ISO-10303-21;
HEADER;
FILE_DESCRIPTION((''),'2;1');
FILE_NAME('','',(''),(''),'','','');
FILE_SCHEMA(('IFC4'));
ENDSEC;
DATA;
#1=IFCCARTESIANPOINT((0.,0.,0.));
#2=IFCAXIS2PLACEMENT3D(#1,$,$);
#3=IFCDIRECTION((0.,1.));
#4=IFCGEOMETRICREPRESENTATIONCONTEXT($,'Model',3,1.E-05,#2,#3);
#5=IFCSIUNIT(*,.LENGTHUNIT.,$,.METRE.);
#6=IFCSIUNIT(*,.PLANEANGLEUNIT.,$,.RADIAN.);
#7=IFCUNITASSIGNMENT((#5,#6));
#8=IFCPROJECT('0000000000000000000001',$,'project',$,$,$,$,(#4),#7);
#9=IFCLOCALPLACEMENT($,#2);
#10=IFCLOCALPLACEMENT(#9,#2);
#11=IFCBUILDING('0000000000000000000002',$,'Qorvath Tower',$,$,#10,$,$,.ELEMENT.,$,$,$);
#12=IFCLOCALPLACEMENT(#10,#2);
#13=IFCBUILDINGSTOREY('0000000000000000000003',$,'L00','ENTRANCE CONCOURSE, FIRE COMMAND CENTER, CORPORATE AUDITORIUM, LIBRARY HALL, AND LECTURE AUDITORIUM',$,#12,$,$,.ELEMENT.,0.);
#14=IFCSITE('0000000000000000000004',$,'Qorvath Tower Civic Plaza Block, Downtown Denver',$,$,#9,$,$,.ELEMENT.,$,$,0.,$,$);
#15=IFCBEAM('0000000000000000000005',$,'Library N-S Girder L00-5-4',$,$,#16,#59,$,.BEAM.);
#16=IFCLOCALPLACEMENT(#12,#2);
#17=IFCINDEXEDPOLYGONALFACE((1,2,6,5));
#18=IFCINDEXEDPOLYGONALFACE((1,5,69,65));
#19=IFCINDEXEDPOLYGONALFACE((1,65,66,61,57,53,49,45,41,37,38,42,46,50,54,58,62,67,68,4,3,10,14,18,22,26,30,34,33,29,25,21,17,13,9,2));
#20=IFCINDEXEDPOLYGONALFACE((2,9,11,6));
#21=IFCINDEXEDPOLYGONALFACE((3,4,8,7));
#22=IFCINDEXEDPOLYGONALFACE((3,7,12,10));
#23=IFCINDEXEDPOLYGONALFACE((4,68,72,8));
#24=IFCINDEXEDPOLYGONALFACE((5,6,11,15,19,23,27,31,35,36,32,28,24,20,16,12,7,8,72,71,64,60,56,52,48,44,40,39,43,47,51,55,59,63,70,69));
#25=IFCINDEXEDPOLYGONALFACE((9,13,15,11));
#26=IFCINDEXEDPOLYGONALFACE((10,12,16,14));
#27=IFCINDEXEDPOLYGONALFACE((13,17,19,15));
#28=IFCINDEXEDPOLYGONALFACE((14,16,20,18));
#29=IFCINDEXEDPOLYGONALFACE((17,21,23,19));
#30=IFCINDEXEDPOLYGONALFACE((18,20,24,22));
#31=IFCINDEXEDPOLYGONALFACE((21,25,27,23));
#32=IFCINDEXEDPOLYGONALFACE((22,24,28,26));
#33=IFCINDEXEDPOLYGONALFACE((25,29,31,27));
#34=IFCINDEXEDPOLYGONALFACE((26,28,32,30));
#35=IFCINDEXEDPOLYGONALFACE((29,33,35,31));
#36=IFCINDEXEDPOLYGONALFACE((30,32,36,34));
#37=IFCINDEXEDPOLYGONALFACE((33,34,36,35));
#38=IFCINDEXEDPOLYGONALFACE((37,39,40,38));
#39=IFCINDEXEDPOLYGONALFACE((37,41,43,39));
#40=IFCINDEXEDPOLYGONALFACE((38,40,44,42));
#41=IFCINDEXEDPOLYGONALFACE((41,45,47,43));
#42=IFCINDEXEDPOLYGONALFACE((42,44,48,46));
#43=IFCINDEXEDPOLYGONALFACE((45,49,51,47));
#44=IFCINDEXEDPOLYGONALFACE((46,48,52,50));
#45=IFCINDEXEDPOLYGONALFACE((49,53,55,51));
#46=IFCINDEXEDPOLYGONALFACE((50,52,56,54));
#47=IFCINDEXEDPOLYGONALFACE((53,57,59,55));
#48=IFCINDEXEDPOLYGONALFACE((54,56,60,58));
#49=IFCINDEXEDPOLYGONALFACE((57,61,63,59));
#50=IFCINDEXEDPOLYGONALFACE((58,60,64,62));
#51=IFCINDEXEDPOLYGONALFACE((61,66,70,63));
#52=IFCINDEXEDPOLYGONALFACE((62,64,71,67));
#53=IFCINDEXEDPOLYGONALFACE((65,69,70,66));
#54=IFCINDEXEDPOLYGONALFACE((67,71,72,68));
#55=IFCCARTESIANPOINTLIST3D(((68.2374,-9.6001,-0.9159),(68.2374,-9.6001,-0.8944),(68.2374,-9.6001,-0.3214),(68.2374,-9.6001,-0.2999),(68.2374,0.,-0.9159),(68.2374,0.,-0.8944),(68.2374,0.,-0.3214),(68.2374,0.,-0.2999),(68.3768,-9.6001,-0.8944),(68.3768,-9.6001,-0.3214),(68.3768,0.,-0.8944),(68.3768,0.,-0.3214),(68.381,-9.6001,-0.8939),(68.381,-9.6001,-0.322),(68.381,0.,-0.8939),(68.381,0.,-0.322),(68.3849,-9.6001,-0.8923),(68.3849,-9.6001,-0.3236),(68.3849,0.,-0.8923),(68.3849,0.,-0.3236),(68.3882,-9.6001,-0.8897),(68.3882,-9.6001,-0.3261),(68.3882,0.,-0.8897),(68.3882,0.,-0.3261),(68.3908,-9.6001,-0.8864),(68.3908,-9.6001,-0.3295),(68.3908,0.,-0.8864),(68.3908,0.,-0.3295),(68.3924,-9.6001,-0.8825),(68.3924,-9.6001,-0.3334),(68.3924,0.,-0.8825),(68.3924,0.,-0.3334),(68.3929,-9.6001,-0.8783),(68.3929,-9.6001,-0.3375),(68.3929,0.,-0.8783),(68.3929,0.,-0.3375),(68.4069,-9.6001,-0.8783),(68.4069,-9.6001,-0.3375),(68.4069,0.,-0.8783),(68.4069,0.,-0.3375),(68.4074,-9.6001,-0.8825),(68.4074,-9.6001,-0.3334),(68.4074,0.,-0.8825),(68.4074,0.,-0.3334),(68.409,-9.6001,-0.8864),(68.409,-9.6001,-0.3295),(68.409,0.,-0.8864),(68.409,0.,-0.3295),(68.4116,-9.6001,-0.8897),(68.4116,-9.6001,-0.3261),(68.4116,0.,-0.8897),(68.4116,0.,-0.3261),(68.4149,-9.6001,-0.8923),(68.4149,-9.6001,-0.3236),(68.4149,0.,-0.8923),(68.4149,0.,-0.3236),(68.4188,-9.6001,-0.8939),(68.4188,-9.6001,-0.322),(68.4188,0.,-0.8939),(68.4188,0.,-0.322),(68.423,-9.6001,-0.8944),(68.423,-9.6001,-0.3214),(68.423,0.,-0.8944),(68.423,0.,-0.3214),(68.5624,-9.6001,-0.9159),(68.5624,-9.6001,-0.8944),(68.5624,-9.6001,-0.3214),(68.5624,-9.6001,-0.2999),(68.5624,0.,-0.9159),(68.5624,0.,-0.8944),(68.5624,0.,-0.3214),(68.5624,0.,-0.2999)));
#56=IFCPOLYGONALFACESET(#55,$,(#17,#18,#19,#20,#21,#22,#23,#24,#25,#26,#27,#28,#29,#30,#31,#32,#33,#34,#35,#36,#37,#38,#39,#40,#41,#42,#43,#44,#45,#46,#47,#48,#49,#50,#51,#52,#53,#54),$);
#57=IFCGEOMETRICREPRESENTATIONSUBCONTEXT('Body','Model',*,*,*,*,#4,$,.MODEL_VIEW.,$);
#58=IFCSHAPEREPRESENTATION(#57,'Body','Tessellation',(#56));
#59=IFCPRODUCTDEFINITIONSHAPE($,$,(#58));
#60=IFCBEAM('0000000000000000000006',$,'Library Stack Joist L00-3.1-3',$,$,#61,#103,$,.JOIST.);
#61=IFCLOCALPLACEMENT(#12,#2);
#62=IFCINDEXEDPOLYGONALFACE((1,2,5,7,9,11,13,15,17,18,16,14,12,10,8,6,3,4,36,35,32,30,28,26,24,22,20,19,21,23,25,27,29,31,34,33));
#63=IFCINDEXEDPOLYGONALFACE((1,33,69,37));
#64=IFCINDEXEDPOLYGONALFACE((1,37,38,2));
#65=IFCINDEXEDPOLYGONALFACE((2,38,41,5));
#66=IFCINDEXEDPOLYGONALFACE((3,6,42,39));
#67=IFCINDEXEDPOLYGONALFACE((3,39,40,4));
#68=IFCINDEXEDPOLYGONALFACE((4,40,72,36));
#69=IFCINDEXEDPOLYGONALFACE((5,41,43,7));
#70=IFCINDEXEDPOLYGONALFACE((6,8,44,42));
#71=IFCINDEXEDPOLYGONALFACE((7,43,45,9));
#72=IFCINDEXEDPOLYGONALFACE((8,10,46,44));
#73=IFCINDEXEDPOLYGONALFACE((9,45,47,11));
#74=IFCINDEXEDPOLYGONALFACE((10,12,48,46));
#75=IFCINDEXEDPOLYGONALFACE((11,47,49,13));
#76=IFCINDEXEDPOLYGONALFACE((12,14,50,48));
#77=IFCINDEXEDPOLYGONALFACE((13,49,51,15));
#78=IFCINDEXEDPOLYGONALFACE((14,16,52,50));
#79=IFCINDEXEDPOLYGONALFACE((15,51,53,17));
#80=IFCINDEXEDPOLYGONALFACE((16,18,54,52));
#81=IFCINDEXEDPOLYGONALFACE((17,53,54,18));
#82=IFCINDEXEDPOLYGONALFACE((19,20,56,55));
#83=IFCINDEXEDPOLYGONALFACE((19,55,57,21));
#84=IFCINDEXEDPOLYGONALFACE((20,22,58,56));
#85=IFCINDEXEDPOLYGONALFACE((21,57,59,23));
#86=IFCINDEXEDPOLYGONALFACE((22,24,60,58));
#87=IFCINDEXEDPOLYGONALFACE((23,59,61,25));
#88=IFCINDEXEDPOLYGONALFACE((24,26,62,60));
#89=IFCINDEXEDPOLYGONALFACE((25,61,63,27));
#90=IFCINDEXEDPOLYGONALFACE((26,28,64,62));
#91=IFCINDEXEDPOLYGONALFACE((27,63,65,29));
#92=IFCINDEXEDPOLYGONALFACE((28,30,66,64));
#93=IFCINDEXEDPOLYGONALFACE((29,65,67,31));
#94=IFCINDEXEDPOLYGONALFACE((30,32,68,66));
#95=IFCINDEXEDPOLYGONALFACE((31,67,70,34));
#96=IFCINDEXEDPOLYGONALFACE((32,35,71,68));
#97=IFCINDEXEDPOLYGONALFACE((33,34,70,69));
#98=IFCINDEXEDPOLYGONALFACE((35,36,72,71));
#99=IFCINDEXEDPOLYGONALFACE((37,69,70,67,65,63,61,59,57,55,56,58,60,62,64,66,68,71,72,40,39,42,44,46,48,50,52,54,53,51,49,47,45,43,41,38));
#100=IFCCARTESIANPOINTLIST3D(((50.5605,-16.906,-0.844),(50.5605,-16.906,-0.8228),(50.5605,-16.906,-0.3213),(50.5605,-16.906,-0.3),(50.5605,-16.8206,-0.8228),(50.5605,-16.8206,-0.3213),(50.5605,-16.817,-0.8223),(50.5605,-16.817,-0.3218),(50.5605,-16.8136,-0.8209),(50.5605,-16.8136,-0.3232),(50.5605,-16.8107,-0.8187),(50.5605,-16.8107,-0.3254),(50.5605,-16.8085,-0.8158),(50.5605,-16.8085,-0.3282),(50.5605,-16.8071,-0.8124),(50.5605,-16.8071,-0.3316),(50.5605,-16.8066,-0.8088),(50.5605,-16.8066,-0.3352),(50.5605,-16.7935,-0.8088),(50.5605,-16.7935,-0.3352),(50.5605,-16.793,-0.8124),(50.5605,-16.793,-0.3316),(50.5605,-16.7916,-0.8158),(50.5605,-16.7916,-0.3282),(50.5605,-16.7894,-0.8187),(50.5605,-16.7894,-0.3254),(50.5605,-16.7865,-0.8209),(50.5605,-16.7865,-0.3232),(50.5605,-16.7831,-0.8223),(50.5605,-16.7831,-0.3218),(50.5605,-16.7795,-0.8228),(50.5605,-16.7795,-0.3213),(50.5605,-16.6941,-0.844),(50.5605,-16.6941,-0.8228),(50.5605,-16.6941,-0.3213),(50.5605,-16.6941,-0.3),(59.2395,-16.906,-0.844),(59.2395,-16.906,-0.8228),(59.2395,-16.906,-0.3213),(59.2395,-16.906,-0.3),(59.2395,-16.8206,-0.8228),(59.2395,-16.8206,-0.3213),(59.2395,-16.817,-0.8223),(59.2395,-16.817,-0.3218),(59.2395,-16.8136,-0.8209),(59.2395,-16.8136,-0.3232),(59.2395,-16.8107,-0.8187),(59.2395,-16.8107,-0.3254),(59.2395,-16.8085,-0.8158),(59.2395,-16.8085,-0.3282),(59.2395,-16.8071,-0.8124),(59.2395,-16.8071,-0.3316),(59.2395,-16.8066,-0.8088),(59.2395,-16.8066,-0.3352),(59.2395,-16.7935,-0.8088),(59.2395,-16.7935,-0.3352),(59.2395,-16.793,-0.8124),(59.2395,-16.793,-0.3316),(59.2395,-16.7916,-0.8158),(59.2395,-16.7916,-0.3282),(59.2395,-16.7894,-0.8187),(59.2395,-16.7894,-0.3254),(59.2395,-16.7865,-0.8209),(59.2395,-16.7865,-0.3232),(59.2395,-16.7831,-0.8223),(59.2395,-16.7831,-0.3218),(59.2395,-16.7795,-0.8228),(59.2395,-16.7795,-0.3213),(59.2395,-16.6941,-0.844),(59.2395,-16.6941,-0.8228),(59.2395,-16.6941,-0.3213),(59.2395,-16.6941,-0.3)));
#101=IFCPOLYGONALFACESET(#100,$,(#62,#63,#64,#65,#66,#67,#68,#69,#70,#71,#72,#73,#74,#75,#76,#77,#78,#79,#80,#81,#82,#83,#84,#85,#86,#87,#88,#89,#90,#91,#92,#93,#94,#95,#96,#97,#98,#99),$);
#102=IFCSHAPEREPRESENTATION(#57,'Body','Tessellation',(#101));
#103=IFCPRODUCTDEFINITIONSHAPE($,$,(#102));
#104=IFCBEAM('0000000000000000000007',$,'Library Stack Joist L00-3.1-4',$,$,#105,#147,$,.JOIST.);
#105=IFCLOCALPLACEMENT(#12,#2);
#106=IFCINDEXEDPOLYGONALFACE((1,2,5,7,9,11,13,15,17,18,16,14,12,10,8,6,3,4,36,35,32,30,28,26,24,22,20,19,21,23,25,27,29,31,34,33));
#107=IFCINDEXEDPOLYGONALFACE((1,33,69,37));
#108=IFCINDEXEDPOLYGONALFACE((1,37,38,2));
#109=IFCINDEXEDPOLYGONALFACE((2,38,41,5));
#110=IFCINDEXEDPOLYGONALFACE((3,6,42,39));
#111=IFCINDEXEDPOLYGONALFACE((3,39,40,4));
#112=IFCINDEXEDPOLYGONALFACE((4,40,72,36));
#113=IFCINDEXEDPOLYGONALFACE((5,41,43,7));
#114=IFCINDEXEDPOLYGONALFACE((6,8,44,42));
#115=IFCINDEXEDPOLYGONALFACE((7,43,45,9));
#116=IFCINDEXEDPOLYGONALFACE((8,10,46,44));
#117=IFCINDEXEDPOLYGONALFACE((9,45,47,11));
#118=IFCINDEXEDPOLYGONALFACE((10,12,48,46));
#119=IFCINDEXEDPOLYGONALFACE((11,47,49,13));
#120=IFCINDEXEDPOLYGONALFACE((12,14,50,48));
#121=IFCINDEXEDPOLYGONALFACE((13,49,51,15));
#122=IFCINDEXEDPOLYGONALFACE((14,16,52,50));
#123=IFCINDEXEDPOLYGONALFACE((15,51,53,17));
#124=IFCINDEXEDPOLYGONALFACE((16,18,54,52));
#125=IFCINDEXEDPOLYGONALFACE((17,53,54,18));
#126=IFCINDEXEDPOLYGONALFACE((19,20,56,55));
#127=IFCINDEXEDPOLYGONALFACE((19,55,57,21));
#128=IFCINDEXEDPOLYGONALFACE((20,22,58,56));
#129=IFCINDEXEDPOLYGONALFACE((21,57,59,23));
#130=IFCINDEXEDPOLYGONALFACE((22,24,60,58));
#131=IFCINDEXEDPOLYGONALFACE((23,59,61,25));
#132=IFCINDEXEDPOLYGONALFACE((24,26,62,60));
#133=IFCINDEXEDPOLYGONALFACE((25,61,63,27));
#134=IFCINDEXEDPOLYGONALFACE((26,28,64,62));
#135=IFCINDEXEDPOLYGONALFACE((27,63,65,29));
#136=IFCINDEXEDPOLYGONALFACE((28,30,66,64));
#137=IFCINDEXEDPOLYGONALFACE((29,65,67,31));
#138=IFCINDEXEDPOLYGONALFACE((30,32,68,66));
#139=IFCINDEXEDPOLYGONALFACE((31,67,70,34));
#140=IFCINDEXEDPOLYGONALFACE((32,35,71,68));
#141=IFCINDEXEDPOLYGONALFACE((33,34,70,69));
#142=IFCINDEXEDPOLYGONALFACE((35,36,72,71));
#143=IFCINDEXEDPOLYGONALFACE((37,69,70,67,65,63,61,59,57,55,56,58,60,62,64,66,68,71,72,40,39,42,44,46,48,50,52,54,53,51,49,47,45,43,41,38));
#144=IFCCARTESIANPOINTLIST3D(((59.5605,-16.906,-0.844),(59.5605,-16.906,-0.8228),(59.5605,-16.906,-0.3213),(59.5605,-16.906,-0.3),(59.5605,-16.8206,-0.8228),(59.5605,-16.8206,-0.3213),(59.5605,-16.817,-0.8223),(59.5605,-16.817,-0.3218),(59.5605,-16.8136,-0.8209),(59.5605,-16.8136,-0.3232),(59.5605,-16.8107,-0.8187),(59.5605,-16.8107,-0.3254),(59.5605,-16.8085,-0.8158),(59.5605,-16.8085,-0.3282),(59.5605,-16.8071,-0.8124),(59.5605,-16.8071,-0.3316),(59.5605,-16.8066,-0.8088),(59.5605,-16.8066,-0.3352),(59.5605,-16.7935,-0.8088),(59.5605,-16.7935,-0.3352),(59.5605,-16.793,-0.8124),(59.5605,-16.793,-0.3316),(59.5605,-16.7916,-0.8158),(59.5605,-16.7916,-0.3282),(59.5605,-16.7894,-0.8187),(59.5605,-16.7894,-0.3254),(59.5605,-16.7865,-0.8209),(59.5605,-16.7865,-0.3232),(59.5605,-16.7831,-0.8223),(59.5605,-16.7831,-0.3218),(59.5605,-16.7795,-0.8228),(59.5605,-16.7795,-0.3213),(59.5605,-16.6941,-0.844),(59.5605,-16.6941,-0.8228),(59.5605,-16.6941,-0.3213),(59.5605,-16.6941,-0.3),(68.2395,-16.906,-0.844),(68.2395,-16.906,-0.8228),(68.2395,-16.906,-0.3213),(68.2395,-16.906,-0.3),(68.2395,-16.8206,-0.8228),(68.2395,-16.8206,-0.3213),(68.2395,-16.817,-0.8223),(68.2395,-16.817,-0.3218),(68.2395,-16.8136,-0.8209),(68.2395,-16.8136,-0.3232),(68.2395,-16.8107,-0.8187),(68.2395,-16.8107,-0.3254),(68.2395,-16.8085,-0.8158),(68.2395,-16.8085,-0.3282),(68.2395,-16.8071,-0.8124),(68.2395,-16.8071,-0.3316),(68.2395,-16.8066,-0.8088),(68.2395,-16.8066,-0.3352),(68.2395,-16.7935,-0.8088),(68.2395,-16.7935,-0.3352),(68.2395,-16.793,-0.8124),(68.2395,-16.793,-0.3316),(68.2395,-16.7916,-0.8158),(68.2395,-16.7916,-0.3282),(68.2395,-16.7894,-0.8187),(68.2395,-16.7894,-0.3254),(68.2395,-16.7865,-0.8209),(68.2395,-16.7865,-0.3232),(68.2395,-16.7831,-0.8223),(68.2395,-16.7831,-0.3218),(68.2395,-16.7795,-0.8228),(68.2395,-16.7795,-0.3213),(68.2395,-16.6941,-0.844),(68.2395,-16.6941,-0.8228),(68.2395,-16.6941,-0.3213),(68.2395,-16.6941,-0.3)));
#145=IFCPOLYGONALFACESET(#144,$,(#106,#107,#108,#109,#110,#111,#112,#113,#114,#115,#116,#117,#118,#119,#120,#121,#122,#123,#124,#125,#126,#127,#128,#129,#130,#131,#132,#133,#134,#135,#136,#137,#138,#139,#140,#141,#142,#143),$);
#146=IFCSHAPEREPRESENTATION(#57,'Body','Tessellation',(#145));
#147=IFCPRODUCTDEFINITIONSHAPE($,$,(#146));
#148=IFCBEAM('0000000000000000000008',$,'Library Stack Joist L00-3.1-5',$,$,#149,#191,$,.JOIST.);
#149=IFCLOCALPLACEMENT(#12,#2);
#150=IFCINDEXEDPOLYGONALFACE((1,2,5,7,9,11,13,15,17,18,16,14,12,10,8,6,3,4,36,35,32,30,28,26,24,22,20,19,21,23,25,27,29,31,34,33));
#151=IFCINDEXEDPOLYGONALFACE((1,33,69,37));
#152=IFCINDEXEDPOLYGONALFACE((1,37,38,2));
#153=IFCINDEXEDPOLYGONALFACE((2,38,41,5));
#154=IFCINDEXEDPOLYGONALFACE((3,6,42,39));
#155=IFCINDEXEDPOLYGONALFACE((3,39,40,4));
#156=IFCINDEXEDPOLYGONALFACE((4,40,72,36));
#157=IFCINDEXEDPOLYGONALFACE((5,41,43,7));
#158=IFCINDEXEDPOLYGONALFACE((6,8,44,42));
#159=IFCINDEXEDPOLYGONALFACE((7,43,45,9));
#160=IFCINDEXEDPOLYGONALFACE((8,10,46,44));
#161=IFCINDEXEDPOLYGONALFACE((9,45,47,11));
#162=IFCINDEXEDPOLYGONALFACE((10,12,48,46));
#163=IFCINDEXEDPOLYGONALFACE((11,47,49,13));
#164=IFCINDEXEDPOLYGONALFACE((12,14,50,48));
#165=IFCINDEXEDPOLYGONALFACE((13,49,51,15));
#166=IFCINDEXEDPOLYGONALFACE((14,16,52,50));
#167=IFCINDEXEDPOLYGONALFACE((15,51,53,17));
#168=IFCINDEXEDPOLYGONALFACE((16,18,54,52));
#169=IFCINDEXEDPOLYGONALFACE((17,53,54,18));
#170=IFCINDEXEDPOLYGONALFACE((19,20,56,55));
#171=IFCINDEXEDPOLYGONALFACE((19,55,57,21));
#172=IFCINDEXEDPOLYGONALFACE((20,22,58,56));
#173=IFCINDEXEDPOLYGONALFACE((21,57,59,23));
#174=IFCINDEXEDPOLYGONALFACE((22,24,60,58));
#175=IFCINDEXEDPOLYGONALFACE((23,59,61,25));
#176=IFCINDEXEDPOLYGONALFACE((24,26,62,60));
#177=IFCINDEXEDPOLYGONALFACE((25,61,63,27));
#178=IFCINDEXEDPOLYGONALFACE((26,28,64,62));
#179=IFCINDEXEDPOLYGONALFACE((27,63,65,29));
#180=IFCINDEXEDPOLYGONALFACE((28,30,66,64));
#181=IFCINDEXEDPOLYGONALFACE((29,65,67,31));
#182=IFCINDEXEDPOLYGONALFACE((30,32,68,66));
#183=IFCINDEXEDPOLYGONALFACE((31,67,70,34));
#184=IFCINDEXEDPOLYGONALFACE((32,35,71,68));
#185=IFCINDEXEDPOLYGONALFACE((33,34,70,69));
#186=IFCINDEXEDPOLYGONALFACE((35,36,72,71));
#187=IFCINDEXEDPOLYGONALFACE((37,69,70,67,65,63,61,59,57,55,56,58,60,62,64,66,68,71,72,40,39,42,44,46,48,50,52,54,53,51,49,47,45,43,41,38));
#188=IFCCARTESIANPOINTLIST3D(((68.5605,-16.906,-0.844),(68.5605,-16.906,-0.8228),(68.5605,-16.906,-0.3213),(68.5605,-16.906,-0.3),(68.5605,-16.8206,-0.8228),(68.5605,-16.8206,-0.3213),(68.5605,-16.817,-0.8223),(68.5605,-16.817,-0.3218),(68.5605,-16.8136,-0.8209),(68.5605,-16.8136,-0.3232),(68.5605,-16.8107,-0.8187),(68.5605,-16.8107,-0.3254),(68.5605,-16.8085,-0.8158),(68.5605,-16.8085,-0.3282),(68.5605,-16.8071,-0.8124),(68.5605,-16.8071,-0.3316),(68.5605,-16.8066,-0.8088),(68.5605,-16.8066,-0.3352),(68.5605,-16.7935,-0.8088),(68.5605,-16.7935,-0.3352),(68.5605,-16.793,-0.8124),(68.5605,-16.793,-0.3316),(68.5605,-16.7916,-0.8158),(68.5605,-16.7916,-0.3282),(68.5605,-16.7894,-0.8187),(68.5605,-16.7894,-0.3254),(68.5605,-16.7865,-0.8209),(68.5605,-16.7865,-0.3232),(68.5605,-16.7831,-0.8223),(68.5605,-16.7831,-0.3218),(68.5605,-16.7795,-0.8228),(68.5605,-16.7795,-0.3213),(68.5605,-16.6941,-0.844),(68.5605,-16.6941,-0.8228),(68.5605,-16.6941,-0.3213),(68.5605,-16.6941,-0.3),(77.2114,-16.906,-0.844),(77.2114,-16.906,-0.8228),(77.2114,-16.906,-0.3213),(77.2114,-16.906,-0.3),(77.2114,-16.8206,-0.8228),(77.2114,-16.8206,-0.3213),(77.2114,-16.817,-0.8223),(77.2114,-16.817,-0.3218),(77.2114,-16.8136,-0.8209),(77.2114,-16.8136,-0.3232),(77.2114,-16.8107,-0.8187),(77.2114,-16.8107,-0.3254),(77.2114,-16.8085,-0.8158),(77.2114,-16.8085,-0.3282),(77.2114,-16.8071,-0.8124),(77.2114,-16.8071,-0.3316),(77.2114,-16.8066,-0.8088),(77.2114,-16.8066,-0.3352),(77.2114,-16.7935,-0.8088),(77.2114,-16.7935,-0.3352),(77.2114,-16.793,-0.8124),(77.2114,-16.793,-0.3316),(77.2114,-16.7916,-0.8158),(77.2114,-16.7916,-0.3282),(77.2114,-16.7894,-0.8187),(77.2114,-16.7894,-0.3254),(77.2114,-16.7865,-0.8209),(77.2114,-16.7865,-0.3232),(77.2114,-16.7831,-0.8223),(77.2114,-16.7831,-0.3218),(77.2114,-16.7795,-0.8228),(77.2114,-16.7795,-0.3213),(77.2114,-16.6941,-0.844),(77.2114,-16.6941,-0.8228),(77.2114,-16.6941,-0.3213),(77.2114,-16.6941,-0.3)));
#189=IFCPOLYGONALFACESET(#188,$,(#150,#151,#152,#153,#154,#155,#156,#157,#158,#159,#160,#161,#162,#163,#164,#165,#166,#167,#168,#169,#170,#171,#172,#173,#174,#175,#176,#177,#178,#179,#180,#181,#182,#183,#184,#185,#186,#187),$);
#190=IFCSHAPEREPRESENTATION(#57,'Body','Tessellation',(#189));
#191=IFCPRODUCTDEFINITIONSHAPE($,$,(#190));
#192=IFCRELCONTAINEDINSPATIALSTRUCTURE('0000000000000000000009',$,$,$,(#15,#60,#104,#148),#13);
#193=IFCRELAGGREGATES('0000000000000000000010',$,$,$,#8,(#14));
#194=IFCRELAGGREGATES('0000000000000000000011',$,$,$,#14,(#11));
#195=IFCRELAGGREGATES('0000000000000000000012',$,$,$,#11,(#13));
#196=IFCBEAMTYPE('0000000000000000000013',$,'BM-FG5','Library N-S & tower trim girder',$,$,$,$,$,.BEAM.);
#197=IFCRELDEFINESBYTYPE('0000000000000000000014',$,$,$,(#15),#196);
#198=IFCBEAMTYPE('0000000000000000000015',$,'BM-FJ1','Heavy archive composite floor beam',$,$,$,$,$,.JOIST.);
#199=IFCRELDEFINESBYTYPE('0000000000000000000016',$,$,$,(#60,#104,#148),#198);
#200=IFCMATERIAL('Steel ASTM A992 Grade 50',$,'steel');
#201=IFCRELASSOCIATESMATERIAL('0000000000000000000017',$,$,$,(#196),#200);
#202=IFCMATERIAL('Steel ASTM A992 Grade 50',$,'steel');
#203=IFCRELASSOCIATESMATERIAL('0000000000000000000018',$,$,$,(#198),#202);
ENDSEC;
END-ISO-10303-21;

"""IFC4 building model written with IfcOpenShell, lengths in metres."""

from ifc_helpers import new_model, si_unit, direction, frame, origin, origin_2d, place, context, subcontext, project, spatial, i_section, extrude, material, material_profile, profile_set, type_object, element, save


model = new_model("IFC4")

# Units and contexts
model_context = context("Model", 3, precision=1e-05, world=origin(), true_north=direction((0.0, 1.0)))
body_context = subcontext(model_context, "Body", "Model", "MODEL_VIEW")
ifc_project = project(units=[si_unit("LENGTHUNIT", "METRE"), si_unit("PLANEANGLEUNIT", "RADIAN")], contexts=[model_context])

# Site, building, storey
site_placement = place(None, origin())
site = spatial("IfcSite", under=ifc_project, at=site_placement, Name="Qorvath Tower Civic Plaza Block, Downtown Denver", CompositionType="ELEMENT", RefElevation=0.0)
building_placement = place(site_placement, origin())
building = spatial("IfcBuilding", under=site, at=building_placement, Name="Qorvath Tower", CompositionType="ELEMENT")
storey_placement = place(building_placement, origin())
storey = spatial("IfcBuildingStorey", under=building, at=storey_placement, Name="L00", Description="ENTRANCE CONCOURSE, FIRE COMMAND CENTER, CORPORATE AUDITORIUM, LIBRARY HALL, AND LECTURE AUDITORIUM", CompositionType="ELEMENT", Elevation=0.0)

# Beams
ifc_material_1 = material(Name="Steel ASTM A992 Grade 50", Category="steel")
ifc_material_profile_1 = material_profile(ifc_material_1, i_section(OverallWidth=0.325, OverallDepth=0.616, WebThickness=0.0139, FlangeThickness=0.0215, FilletRadius=0.0161, at=origin_2d()), Name="W24x117")
ifc_profile_set_1 = profile_set([ifc_material_profile_1], Name="Steel ASTM A992 Grade 50")
beam_type_1 = type_object("IfcBeamType", Name="BM-FG5", Description="Library N-S & tower trim girder", PredefinedType="BEAM", material=ifc_profile_set_1)
for number, where, z_axis, x_axis, name in (
    (1, (68.3999, -9.6001, -0.6079), (0.0, 1.0, 0.0), (-1.0, 0.0, 0.0), "Library N-S Girder L00-5-4"),
):
    element("IfcBeam", number, at=place(storey_placement, frame(where, z_axis=z_axis, x_axis=x_axis)), inside=storey, type_object=beam_type_1, Name=name, PredefinedType="BEAM", context=body_context, shape_type="SweptSolid", body=[
        extrude(i_section(OverallWidth=0.325, OverallDepth=0.616, WebThickness=0.0139, FlangeThickness=0.0215, FilletRadius=0.0161, at=origin_2d()), origin(), (0.0, 0.0, 1.0), 9.6001),
    ])
ifc_material_2 = material(Name="Steel ASTM A992 Grade 50", Category="steel")
ifc_material_profile_2 = material_profile(ifc_material_2, i_section(OverallWidth=0.2119, OverallDepth=0.5439, WebThickness=0.0132, FlangeThickness=0.0212, FilletRadius=0.0139, at=origin_2d()), Name="W21x83")
ifc_profile_set_2 = profile_set([ifc_material_profile_2], Name="Steel ASTM A992 Grade 50")
beam_type_2 = type_object("IfcBeamType", Name="BM-FJ1", Description="Heavy archive composite floor beam", PredefinedType="JOIST", material=ifc_profile_set_2)
for number, where, z_axis, x_axis, name in (
    (2, (50.5605, -16.8, -0.572), (1.0, 0.0, 0.0), (0.0, 1.0, 0.0), "Library Stack Joist L00-3.1-3"),
    (3, (59.5605, -16.8, -0.572), (1.0, 0.0, 0.0), (0.0, 1.0, 0.0), "Library Stack Joist L00-3.1-4"),
):
    element("IfcBeam", number, at=place(storey_placement, frame(where, z_axis=z_axis, x_axis=x_axis)), inside=storey, type_object=beam_type_2, Name=name, PredefinedType="JOIST", context=body_context, shape_type="SweptSolid", body=[
        extrude(i_section(OverallWidth=0.2119, OverallDepth=0.5439, WebThickness=0.0132, FlangeThickness=0.0212, FilletRadius=0.0139, at=origin_2d()), origin(), (0.0, 0.0, 1.0), 8.679),
    ])
beam_1_placement = place(storey_placement, frame((68.5605, -16.8, -0.572), z_axis=(1.0, 0.0, 0.0), x_axis=(0.0, 1.0, 0.0)))
element("IfcBeam", 4, at=beam_1_placement, inside=storey, type_object=beam_type_2, Name="Library Stack Joist L00-3.1-5", PredefinedType="JOIST", context=body_context, shape_type="SweptSolid", body=[
    extrude(i_section(OverallWidth=0.2119, OverallDepth=0.5439, WebThickness=0.0132, FlangeThickness=0.0212, FilletRadius=0.0139, at=origin_2d()), origin(), (0.0, 0.0, 1.0), 8.6509),
])

save(model, "model.ifc")
